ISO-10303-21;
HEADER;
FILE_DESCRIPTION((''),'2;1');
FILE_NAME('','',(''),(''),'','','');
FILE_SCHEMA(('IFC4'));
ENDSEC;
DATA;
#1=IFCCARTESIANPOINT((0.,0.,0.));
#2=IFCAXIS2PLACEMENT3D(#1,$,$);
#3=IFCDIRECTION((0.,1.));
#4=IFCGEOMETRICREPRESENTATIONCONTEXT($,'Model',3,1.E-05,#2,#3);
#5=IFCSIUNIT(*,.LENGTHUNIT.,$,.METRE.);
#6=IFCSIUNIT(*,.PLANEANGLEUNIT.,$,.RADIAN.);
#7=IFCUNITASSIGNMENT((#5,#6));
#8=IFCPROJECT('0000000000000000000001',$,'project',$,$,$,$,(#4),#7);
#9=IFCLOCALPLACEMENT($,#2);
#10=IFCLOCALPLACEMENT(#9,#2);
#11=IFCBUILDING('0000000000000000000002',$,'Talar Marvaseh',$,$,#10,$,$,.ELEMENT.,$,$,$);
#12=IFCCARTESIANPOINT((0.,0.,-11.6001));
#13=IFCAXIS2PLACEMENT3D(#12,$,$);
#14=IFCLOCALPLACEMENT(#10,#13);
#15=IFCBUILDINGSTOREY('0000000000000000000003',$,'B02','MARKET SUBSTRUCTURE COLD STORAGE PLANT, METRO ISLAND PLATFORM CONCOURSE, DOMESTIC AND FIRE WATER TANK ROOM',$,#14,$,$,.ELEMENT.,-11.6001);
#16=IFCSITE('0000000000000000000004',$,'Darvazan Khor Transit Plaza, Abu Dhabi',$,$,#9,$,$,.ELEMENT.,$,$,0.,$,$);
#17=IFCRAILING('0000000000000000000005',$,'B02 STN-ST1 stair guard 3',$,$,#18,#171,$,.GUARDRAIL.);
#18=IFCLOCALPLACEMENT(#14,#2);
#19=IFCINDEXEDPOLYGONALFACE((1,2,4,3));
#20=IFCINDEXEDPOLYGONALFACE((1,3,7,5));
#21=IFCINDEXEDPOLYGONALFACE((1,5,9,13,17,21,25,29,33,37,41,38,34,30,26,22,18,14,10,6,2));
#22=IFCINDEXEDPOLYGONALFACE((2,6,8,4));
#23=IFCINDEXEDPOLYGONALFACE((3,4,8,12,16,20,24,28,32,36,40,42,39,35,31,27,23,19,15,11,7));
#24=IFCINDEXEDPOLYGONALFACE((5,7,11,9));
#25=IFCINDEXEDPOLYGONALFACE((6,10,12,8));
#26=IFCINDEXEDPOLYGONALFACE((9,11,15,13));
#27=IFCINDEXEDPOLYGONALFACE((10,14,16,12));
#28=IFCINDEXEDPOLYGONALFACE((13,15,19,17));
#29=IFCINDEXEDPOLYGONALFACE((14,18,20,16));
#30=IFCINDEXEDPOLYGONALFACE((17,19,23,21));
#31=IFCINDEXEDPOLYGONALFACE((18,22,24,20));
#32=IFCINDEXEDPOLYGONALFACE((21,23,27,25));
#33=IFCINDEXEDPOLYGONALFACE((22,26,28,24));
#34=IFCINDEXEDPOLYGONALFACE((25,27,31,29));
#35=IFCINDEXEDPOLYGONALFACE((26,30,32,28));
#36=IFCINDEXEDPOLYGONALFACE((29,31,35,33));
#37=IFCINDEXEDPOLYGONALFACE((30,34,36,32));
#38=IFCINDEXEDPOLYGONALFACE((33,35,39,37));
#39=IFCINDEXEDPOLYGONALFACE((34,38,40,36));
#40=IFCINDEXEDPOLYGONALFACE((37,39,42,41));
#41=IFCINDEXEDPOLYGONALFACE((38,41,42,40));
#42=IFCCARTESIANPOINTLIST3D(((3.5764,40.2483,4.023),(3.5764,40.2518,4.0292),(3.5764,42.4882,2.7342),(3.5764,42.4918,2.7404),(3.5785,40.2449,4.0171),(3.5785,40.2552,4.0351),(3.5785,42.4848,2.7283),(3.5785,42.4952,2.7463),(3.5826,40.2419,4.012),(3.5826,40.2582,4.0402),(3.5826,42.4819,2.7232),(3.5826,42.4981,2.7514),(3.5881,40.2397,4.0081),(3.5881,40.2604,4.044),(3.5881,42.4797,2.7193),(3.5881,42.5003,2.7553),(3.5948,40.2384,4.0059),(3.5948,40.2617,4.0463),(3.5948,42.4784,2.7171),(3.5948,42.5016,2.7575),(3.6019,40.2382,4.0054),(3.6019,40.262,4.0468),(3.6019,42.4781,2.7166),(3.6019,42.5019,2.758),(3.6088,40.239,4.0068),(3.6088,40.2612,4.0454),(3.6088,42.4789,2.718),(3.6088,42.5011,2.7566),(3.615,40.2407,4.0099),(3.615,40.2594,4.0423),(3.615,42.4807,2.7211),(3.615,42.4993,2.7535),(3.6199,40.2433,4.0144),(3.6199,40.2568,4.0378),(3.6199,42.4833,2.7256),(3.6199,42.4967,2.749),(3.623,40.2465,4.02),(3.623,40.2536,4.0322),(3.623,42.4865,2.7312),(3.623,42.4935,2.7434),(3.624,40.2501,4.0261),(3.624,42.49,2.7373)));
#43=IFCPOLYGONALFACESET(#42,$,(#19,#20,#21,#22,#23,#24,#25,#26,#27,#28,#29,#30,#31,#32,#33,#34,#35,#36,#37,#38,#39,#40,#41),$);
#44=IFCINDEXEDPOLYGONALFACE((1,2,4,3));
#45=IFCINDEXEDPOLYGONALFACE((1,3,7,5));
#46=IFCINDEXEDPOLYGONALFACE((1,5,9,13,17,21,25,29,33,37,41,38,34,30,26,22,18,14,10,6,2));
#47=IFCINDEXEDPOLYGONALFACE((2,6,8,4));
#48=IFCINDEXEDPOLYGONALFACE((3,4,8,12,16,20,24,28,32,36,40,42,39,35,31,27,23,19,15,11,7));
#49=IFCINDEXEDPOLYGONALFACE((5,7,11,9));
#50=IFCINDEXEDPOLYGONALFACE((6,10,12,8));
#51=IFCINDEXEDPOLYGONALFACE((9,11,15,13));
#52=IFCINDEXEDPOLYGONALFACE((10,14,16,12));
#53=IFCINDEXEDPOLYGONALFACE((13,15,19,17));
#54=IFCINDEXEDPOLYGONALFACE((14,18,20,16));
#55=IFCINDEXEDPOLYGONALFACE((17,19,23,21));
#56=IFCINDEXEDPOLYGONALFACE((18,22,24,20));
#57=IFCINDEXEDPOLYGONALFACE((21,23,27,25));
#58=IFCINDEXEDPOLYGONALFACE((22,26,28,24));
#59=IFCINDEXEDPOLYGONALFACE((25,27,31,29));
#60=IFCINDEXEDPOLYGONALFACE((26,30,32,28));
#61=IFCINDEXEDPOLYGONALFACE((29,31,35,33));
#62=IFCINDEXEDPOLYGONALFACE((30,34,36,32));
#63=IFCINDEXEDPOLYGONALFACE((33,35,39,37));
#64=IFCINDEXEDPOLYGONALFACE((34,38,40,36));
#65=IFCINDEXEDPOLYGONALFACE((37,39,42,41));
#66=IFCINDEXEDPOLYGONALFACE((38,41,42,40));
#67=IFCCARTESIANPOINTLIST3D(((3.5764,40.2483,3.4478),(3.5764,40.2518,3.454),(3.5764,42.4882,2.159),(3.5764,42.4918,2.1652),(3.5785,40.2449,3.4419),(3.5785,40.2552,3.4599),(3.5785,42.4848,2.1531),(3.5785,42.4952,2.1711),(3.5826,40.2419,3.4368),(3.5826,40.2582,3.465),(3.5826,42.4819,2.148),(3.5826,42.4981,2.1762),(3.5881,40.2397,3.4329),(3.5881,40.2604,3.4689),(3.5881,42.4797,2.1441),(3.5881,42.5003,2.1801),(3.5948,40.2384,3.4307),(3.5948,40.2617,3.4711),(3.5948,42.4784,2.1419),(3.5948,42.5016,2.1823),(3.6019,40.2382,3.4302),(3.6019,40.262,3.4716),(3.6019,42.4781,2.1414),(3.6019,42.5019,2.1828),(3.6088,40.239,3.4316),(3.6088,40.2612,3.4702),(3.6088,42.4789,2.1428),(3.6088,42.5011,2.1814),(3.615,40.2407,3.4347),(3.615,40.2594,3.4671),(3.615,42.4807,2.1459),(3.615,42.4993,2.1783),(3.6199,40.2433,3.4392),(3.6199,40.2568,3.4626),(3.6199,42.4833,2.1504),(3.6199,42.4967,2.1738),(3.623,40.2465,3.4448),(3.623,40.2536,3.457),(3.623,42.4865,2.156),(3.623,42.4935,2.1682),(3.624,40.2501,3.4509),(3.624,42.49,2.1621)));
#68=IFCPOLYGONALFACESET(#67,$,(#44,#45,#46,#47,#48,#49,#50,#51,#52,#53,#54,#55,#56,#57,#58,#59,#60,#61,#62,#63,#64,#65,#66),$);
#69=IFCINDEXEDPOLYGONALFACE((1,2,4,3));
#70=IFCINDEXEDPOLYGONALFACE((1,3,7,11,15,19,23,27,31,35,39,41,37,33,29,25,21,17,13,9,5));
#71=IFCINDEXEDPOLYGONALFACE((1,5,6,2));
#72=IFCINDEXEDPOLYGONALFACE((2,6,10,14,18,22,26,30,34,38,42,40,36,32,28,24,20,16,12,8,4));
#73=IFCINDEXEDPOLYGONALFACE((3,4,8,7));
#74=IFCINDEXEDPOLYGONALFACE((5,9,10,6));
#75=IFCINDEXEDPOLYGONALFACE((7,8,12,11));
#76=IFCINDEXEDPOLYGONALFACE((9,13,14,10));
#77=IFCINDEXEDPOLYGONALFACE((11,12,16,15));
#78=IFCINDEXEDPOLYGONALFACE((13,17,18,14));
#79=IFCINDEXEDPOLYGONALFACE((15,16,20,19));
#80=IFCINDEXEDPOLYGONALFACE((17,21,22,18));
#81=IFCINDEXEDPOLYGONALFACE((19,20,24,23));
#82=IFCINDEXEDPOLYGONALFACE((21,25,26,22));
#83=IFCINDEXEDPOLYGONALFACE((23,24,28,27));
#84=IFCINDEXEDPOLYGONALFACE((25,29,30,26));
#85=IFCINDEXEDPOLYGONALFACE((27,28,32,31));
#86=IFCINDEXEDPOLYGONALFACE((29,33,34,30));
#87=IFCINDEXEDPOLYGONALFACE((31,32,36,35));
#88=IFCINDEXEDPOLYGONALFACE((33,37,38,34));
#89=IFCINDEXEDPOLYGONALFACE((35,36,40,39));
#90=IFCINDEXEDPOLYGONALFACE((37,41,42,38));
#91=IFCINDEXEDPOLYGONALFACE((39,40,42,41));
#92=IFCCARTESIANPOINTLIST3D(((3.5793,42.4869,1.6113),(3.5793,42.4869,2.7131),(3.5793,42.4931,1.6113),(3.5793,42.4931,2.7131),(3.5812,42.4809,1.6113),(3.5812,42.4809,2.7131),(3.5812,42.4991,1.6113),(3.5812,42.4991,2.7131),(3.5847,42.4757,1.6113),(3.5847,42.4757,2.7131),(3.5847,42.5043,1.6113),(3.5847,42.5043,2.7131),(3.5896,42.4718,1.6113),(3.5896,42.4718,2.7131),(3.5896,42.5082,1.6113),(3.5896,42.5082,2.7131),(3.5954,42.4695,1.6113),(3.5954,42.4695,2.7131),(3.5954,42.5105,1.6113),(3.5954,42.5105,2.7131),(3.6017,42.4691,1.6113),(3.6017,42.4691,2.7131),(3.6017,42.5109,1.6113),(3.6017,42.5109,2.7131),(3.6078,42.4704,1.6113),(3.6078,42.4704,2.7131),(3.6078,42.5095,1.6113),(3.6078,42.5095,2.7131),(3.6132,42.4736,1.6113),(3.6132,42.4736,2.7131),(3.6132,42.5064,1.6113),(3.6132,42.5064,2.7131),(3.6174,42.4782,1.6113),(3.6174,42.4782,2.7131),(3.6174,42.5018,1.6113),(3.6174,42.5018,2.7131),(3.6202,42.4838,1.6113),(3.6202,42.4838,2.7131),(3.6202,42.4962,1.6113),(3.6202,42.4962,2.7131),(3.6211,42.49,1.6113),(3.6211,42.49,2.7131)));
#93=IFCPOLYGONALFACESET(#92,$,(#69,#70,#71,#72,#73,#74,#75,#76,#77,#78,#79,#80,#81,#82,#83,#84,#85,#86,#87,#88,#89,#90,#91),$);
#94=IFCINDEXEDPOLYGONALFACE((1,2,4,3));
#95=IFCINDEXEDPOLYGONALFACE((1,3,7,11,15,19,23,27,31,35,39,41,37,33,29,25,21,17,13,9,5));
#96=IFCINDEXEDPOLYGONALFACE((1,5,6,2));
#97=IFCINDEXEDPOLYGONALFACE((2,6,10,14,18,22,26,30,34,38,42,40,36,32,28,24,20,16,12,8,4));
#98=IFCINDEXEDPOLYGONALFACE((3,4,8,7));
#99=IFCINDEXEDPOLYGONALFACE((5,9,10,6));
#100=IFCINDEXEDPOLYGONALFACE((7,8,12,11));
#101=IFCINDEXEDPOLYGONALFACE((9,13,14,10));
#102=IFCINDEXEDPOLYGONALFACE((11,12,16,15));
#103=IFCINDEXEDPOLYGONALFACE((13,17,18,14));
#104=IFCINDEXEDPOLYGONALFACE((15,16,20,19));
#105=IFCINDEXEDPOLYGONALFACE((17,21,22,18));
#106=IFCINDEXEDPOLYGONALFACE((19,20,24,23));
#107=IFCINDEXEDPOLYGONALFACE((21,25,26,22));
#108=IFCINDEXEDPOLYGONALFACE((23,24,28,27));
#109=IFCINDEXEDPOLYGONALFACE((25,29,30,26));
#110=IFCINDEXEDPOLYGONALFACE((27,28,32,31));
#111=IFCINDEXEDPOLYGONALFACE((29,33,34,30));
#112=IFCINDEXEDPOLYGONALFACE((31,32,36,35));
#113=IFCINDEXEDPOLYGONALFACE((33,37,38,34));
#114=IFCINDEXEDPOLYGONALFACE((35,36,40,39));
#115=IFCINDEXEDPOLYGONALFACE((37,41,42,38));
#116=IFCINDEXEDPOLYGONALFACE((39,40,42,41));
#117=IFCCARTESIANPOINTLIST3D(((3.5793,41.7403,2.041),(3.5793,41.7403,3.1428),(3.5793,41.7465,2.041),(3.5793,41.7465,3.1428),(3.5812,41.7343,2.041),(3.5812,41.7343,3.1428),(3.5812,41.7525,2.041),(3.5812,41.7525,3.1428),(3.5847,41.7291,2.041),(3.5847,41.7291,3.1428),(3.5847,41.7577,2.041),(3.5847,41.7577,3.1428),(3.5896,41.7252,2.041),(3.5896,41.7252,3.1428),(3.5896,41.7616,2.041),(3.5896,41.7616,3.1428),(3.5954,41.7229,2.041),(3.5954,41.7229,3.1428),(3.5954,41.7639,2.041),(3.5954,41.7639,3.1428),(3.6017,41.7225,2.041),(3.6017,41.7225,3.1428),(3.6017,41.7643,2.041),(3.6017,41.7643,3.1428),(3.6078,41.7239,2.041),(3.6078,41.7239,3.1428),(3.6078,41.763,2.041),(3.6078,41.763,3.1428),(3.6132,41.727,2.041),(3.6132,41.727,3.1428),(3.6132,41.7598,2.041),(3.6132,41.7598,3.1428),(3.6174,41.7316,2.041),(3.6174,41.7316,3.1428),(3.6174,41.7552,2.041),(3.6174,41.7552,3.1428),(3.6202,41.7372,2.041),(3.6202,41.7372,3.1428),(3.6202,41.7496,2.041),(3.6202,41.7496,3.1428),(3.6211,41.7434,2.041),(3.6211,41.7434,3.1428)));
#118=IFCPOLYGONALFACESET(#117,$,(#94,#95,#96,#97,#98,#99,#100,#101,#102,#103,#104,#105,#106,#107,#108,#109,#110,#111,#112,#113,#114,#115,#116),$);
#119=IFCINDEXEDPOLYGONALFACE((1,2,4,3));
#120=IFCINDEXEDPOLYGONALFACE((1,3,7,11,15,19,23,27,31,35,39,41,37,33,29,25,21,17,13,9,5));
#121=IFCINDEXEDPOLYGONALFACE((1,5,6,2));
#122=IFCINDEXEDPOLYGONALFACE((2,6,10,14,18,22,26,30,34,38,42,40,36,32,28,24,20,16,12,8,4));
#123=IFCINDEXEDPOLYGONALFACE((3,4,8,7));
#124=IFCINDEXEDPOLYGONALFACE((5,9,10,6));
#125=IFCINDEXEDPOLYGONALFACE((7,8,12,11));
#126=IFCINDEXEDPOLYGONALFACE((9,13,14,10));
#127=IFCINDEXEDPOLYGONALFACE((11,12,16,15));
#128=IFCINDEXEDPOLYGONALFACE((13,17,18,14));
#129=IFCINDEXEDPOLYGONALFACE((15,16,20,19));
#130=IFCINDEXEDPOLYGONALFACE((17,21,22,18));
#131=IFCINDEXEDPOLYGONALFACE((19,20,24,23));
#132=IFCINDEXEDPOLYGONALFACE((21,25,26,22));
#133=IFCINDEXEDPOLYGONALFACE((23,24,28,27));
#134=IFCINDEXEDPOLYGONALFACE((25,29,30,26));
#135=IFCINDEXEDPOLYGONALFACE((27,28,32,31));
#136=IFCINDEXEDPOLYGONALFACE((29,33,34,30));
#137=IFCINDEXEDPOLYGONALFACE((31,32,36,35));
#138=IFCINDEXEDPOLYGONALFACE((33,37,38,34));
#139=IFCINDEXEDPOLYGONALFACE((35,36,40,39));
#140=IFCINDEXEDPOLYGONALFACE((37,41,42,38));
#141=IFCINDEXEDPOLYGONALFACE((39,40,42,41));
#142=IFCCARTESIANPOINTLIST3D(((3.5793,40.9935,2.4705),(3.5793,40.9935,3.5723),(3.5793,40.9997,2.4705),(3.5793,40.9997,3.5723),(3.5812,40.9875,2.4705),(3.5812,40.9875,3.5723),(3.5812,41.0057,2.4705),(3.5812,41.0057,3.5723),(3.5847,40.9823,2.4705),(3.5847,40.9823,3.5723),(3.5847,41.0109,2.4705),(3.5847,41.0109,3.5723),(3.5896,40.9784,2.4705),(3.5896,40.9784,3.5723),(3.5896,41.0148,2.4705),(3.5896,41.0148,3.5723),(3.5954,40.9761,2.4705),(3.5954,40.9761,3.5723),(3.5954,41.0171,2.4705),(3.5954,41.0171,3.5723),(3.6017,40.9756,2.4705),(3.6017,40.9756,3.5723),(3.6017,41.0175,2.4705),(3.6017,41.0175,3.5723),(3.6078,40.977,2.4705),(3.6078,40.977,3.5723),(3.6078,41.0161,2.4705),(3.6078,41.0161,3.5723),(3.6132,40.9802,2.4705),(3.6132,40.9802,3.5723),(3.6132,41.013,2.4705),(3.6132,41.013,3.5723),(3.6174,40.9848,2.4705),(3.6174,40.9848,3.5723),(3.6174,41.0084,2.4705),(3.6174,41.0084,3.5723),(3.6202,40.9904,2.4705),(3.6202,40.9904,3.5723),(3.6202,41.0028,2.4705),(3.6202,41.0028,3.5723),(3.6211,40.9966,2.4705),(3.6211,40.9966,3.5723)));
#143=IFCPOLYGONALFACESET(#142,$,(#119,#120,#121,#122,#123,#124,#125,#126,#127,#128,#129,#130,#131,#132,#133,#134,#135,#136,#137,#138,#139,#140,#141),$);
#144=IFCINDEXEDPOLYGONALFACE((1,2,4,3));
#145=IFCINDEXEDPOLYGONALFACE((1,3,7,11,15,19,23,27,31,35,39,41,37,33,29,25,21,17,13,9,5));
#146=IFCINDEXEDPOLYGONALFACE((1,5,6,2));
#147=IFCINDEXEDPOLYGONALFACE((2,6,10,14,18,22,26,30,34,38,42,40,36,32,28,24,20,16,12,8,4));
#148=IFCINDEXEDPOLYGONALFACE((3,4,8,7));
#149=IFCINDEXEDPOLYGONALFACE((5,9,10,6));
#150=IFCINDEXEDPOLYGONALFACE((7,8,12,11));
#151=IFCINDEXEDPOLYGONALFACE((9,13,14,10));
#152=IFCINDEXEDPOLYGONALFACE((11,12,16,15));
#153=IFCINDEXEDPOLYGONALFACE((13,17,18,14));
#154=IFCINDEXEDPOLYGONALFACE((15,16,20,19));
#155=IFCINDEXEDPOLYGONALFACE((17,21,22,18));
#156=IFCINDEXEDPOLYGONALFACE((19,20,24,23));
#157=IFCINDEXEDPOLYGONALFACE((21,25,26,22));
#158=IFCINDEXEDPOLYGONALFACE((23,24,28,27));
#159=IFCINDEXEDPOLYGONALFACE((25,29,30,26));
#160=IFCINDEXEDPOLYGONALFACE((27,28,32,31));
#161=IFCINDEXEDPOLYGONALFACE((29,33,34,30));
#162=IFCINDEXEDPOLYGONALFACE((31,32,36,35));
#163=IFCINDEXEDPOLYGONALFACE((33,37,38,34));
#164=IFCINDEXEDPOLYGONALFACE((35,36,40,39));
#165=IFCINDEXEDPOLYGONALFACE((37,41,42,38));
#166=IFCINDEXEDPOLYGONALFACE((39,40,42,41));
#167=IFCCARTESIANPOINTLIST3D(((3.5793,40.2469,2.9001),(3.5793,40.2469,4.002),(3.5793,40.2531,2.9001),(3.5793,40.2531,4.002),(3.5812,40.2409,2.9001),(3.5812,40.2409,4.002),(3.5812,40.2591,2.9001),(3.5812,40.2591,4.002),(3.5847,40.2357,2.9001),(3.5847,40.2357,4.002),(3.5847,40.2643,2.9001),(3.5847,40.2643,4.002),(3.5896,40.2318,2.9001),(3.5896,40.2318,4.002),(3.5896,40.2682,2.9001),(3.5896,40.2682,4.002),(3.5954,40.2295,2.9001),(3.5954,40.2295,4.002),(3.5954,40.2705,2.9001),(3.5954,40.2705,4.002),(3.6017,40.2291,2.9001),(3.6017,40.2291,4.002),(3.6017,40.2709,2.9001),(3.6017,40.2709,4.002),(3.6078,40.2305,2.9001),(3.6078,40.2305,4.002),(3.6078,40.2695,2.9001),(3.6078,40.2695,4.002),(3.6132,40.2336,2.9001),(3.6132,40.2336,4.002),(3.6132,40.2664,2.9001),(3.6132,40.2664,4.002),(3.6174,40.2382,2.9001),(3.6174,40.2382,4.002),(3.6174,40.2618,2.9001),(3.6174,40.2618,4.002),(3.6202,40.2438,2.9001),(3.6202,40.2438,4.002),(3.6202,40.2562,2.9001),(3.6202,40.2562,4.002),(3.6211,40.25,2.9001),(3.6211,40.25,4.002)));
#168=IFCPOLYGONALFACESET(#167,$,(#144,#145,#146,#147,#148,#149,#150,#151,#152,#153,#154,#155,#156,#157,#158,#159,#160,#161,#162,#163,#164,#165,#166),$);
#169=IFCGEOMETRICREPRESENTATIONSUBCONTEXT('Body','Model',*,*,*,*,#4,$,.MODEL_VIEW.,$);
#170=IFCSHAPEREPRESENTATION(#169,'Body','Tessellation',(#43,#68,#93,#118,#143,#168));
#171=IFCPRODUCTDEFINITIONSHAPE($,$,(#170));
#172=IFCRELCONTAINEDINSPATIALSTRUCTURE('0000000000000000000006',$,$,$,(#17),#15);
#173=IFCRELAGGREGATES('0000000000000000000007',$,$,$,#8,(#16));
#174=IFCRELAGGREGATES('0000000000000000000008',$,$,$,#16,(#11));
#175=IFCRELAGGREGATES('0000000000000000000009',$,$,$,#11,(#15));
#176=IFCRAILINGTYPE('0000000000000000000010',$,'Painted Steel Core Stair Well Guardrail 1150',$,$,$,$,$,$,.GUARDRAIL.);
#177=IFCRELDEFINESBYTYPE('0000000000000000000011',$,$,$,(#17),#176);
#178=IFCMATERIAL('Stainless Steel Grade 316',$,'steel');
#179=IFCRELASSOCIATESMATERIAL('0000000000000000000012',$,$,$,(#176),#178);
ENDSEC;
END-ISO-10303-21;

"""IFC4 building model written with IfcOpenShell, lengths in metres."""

from ifc_helpers import new_model, si_unit, direction, frame, origin, origin_2d, place, context, subcontext, project, spatial, circle, extrude, material, type_object, element, save


model = new_model("IFC4")

# Units and contexts
model_context = context("Model", 3, precision=1e-05, world=origin(), true_north=direction((0.0, 1.0)))
body_context = subcontext(model_context, "Body", "Model", "MODEL_VIEW")
ifc_project = project(units=[si_unit("LENGTHUNIT", "METRE"), si_unit("PLANEANGLEUNIT", "RADIAN")], contexts=[model_context])

# Site, building, storey
site_placement = place(None, origin())
site = spatial("IfcSite", under=ifc_project, at=site_placement, Name="Darvazan Khor Transit Plaza, Abu Dhabi", CompositionType="ELEMENT", RefElevation=0.0)
building_placement = place(site_placement, origin())
building = spatial("IfcBuilding", under=site, at=building_placement, Name="Talar Marvaseh", CompositionType="ELEMENT")
storey_placement = place(building_placement, frame((0.0, 0.0, -11.6001)))
storey = spatial("IfcBuildingStorey", under=building, at=storey_placement, Name="B02", Description="MARKET SUBSTRUCTURE COLD STORAGE PLANT, METRO ISLAND PLATFORM CONCOURSE, DOMESTIC AND FIRE WATER TANK ROOM", CompositionType="ELEMENT", Elevation=-11.6001)

# Railing
ifc_material_1 = material(Name="Stainless Steel Grade 316", Category="steel")
railing_type_1 = type_object("IfcRailingType", Name="Painted Steel Core Stair Well Guardrail 1150", PredefinedType="GUARDRAIL", material=ifc_material_1)
railing_1_placement = place(storey_placement, frame((3.6001, 42.49, 1.6113)))
element("IfcRailing", 1, at=railing_1_placement, inside=storey, type_object=railing_type_1, Name="B02 STN-ST1 stair guard 3", PredefinedType="GUARDRAIL", context=body_context, shape_type="SweptSolid", body=[
    extrude(circle(Radius=0.0239, at=origin_2d()), frame((0.0, 0.0, 1.126), z_axis=(0.0, -0.866768, 0.498711), x_axis=(1.0, 0.0, 0.0)), (0.0, 0.0, 1.0), 2.5842),
    extrude(circle(Radius=0.0239, at=origin_2d()), frame((0.0, 0.0, 0.5508), z_axis=(0.0, -0.866768, 0.498711), x_axis=(1.0, 0.0, 0.0)), (0.0, 0.0, 1.0), 2.5842),
    extrude(circle(Radius=0.021, at=origin_2d()), origin(), (0.0, 0.0, 1.0), 1.1018),
    extrude(circle(Radius=0.021, at=origin_2d()), frame((0.0, -0.7466, 0.4297)), (0.0, 0.0, 1.0), 1.1018),
    extrude(circle(Radius=0.021, at=origin_2d()), frame((0.0, -1.4934, 0.8591)), (0.0, 0.0, 1.0), 1.1018),
    extrude(circle(Radius=0.021, at=origin_2d()), frame((0.0, -2.24, 1.2888)), (0.0, 0.0, 1.0), 1.1018),
])

save(model, "model.ifc")
